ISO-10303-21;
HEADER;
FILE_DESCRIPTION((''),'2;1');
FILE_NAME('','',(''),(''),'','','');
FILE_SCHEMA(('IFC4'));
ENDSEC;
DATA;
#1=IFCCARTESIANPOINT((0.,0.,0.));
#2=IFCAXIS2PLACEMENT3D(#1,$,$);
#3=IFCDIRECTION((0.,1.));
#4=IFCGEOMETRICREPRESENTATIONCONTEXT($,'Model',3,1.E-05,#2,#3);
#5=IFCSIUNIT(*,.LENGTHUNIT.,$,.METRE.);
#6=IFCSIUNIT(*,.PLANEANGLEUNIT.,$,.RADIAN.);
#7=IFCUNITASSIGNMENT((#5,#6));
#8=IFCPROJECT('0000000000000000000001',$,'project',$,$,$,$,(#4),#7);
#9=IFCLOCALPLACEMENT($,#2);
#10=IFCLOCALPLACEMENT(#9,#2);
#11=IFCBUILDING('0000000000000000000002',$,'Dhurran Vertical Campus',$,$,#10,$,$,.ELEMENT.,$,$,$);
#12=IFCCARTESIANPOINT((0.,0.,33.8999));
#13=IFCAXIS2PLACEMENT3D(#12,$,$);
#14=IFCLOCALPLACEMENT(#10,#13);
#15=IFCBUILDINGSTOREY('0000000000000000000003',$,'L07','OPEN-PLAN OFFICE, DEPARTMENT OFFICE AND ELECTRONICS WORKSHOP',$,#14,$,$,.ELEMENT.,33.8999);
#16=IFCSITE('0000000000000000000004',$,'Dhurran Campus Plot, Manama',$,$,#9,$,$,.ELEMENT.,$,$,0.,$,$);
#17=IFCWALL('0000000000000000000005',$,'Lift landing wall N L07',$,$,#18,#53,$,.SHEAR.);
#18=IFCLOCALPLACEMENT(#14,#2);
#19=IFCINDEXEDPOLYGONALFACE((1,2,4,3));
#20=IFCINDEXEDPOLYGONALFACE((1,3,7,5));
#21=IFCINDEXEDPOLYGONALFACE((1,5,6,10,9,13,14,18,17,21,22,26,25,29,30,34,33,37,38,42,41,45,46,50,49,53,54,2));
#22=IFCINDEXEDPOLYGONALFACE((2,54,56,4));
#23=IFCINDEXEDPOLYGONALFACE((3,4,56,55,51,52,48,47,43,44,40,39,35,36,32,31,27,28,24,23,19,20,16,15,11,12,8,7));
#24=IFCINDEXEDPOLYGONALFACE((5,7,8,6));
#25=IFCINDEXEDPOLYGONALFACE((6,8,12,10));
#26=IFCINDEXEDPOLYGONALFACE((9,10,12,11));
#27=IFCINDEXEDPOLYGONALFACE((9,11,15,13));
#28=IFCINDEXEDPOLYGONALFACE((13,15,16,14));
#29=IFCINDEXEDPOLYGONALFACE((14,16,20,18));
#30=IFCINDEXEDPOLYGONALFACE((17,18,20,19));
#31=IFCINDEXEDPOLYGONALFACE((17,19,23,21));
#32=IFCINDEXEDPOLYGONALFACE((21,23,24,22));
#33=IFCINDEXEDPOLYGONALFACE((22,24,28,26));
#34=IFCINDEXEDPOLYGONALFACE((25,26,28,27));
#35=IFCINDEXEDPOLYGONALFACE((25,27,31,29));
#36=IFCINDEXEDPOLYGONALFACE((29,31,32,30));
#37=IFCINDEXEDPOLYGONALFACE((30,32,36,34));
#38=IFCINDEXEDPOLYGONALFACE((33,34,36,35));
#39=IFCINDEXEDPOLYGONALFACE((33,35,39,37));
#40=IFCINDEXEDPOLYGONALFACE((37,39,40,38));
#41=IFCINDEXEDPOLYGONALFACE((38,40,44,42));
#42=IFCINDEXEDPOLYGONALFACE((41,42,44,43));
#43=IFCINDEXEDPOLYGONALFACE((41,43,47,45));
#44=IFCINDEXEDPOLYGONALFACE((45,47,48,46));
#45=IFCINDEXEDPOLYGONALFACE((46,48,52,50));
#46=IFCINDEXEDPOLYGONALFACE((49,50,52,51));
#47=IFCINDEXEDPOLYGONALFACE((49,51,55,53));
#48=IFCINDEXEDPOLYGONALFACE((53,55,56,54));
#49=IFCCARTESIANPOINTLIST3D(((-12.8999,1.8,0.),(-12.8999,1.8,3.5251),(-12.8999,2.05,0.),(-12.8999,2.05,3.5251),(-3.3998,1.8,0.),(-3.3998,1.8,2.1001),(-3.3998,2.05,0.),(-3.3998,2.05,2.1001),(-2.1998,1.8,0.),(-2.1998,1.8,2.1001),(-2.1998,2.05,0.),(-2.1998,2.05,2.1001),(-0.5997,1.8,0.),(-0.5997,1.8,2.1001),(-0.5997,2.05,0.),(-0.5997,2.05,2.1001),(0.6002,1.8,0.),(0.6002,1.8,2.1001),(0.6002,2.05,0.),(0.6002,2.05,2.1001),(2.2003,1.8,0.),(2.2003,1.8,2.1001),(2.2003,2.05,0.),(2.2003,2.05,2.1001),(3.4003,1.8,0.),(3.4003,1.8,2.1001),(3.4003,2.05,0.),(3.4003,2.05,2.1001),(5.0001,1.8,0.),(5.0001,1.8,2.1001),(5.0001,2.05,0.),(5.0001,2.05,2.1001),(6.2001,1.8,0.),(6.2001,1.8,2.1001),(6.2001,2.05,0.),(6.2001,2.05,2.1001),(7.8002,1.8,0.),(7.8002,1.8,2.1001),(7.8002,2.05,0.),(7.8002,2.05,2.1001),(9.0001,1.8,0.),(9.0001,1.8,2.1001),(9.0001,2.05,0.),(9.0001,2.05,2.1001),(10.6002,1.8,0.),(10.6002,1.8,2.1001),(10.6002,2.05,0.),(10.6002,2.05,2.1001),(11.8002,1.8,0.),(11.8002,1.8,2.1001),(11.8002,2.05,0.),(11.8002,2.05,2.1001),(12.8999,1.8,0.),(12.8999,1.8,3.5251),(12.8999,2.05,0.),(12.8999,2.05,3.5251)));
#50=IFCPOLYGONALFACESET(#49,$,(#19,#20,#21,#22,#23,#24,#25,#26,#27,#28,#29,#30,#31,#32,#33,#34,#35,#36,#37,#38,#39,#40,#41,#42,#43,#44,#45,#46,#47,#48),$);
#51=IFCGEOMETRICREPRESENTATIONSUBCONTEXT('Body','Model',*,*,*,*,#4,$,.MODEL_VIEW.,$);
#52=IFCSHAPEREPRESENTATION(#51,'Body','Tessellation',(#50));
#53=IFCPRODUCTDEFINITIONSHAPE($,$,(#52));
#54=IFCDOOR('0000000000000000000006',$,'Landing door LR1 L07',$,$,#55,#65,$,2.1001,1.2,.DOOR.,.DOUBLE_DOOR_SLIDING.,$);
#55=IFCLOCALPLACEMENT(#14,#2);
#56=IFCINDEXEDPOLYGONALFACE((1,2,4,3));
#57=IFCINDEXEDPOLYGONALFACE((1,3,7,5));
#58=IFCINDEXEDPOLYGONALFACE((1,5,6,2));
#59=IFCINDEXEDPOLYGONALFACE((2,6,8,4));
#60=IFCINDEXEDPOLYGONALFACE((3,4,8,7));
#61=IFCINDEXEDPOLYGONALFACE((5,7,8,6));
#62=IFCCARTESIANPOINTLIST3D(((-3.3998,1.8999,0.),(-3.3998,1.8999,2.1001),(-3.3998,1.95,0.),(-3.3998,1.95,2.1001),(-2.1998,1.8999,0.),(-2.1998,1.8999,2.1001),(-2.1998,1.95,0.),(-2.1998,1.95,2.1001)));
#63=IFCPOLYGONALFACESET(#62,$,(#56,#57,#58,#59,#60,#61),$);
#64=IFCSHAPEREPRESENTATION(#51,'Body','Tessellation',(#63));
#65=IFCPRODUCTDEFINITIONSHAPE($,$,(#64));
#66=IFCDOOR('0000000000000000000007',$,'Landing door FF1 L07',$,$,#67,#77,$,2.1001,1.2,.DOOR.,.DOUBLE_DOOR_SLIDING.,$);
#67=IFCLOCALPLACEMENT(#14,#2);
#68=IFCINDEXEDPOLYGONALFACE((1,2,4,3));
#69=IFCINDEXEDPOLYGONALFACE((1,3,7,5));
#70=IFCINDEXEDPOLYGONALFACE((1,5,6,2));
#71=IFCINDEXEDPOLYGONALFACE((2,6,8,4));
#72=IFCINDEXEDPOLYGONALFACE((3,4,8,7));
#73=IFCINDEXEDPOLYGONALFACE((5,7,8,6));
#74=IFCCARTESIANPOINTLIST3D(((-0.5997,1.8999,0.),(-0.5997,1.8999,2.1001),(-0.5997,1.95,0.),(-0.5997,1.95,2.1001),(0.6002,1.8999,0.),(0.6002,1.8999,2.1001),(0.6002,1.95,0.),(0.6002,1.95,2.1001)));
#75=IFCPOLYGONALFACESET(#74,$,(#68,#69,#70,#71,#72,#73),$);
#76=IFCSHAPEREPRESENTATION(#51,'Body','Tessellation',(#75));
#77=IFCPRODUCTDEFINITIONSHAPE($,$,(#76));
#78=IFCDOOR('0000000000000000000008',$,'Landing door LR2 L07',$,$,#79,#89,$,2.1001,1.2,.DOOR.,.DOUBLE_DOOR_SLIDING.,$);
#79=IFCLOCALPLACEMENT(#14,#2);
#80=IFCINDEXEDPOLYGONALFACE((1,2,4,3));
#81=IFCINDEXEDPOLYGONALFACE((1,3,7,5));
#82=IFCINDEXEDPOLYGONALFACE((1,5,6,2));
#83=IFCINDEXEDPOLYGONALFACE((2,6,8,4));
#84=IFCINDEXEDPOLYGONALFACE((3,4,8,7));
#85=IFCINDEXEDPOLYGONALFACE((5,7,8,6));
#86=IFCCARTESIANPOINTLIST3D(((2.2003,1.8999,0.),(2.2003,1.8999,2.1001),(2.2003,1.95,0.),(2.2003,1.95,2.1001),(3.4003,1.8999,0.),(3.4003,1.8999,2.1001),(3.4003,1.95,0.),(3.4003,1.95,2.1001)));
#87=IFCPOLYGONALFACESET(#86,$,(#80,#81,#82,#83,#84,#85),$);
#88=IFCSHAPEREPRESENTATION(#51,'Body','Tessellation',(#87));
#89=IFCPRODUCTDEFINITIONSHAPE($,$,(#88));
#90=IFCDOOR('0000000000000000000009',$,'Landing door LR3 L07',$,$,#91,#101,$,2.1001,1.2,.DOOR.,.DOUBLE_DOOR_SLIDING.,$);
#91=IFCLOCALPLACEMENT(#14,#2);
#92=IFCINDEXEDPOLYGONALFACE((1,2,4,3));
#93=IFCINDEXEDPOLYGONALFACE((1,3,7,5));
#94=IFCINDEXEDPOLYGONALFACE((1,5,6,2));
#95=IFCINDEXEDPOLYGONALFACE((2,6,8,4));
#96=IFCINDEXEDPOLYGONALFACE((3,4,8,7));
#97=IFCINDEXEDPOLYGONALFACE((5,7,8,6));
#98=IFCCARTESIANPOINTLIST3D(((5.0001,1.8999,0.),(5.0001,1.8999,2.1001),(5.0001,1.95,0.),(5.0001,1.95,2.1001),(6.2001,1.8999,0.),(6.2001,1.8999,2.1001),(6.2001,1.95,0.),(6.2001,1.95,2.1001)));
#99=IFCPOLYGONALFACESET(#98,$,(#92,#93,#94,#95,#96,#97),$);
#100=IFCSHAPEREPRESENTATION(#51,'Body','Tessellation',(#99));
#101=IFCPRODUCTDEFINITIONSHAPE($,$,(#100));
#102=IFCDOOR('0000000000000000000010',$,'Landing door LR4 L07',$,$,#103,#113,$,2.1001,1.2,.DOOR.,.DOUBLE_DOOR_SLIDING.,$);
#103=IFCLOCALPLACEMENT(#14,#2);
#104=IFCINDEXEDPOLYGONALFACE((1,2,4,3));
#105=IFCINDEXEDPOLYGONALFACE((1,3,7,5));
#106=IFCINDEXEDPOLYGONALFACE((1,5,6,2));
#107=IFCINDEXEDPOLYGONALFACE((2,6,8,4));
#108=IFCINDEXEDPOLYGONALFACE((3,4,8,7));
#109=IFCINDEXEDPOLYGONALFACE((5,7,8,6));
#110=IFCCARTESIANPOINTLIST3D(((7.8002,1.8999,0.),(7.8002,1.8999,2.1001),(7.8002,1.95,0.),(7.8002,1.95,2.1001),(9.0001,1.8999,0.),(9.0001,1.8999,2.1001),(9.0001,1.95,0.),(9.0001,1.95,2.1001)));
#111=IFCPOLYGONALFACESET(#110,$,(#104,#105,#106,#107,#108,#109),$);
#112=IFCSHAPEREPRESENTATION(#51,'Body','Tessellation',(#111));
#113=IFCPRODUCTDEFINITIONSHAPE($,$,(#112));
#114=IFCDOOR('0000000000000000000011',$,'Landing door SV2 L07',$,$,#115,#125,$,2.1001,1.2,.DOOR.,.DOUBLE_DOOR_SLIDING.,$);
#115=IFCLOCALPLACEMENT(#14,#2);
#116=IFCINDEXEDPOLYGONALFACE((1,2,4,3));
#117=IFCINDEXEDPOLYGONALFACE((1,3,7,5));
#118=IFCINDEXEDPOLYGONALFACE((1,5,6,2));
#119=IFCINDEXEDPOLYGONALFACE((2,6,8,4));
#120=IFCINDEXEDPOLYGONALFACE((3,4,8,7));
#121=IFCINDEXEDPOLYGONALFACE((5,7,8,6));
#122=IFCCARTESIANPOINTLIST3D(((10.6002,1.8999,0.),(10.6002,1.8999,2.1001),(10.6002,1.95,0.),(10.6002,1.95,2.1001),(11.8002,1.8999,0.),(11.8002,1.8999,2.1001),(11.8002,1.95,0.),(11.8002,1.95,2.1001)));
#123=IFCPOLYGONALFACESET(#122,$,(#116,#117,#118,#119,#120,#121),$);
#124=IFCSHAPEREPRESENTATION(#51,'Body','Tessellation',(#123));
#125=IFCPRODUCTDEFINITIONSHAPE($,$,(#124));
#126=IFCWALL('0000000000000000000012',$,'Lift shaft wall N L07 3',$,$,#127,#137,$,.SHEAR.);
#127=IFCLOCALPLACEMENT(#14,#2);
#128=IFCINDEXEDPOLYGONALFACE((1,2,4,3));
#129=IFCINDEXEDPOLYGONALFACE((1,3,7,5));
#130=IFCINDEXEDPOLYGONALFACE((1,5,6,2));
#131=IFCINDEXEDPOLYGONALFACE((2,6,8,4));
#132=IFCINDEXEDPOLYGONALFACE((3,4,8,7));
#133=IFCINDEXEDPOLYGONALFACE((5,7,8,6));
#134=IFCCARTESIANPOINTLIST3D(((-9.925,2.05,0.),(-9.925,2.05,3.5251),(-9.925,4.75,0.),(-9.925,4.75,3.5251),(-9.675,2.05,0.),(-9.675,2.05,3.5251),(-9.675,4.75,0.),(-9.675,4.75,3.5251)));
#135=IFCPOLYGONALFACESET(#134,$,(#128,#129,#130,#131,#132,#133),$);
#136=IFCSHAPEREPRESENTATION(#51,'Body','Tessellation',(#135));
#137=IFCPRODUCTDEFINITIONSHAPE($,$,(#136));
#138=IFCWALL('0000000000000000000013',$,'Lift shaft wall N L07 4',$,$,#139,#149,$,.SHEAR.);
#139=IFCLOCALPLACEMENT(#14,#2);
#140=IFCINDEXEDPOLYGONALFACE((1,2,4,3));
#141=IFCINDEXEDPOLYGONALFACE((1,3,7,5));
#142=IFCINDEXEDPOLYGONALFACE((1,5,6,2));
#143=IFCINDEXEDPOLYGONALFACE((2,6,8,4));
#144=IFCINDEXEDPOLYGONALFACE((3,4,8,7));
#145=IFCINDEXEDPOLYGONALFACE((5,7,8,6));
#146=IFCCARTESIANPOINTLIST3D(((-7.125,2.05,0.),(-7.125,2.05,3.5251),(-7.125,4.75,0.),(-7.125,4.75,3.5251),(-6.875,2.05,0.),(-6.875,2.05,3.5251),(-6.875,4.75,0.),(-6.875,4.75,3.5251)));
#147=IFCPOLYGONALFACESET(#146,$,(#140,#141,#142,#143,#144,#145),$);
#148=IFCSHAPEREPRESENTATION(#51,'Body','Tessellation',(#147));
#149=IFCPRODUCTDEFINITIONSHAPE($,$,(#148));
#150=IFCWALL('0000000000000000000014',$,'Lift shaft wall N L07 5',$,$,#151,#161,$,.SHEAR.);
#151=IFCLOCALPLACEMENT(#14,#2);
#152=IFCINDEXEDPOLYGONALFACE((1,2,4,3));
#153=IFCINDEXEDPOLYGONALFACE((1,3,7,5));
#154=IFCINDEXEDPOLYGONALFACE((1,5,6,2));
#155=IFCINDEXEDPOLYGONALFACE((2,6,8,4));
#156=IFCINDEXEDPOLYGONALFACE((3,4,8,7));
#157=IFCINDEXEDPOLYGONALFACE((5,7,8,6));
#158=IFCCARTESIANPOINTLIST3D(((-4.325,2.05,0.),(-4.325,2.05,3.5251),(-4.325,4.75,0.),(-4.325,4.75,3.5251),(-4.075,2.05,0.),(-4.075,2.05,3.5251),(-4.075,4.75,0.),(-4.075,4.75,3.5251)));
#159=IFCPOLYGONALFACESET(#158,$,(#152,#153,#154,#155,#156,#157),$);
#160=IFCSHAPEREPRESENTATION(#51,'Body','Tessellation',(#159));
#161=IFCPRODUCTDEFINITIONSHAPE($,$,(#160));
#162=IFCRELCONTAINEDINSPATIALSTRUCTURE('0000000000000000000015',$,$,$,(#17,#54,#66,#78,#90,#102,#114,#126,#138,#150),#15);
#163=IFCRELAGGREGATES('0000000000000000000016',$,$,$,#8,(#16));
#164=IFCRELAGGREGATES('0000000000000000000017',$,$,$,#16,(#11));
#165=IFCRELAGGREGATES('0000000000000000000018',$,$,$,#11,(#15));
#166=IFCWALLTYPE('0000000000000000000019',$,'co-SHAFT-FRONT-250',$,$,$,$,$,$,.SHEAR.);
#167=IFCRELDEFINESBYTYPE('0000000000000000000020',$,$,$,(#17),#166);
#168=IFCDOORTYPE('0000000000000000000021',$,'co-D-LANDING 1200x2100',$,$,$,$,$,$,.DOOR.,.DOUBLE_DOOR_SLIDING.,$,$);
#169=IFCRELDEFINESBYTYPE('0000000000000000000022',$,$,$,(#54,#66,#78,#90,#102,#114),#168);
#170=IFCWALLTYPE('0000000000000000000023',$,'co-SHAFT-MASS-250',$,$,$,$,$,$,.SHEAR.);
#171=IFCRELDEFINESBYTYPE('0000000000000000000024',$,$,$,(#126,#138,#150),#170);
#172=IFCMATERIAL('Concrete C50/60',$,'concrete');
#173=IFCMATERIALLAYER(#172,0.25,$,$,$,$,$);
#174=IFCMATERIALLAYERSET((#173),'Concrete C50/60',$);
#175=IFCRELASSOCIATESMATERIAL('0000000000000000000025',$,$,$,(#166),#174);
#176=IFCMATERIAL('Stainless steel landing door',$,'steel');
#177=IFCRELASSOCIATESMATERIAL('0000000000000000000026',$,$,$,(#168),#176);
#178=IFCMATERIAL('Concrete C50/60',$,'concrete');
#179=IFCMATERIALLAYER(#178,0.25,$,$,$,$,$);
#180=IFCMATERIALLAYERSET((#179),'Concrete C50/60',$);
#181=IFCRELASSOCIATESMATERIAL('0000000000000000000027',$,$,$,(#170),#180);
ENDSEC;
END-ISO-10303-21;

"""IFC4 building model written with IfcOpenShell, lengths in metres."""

from ifc_helpers import new_model, si_unit, direction, frame, frame_2d, origin, place, context, subcontext, project, spatial, polyline, rectangle, outline, extrude, material, layer, layer_set, type_object, element, fill, save


model = new_model("IFC4")

# Units and contexts
model_context = context("Model", 3, precision=1e-05, world=origin(), true_north=direction((0.0, 1.0)))
body_context = subcontext(model_context, "Body", "Model", "MODEL_VIEW")
ifc_project = project(units=[si_unit("LENGTHUNIT", "METRE"), si_unit("PLANEANGLEUNIT", "RADIAN")], contexts=[model_context])

# Site, building, storey
site_placement = place(None, origin())
site = spatial("IfcSite", under=ifc_project, at=site_placement, Name="Dhurran Campus Plot, Manama", CompositionType="ELEMENT", RefElevation=0.0)
building_placement = place(site_placement, origin())
building = spatial("IfcBuilding", under=site, at=building_placement, Name="Dhurran Vertical Campus", CompositionType="ELEMENT")
storey_placement = place(building_placement, frame((0.0, 0.0, 33.8999)))
storey = spatial("IfcBuildingStorey", under=building, at=storey_placement, Name="L07", Description="OPEN-PLAN OFFICE, DEPARTMENT OFFICE AND ELECTRONICS WORKSHOP", CompositionType="ELEMENT", Elevation=33.8999)

# Wall, openings, doors
ifc_material_1 = material(Name="Concrete C50/60", Category="concrete")
ifc_layer_1 = layer(ifc_material_1, 0.25)
ifc_layer_set_1 = layer_set([ifc_layer_1], Name="Concrete C50/60")
wall_type_1 = type_object("IfcWallType", Name="co-SHAFT-FRONT-250", PredefinedType="SHEAR", material=ifc_layer_set_1)
wall_1_placement = place(storey_placement, frame((-12.8999, 1.925, 0.0), z_axis=(0.0, 0.0, 1.0), x_axis=(1.0, 0.0, 0.0)))
wall_1 = element("IfcWall", 1, at=wall_1_placement, inside=storey, type_object=wall_type_1, Name="Lift landing wall N L07", PredefinedType="SHEAR", context=body_context, shape_type="SweptSolid", body=[
    extrude(rectangle(XDim=25.7998, YDim=0.25, at=frame_2d((12.8999, 0.0))), origin(), (0.0, 0.0, 1.0), 3.5251),
])
opening_1_placement = place(wall_1_placement, frame((9.5, 0.0, 0.0)))
opening_1 = element("IfcOpeningElement", 2, at=opening_1_placement, cuts=wall_1, PredefinedType="OPENING", context=body_context, shape_type="SweptSolid", body=[
    extrude(rectangle(XDim=1.2, YDim=2.1001, at=frame_2d((0.6001, 1.05))), frame((0.0, 0.135, 0.0), z_axis=(0.0, -1.0, 0.0), x_axis=(1.0, 0.0, 0.0)), (0.0, 0.0, 1.0), 0.27),
])
opening_2_placement = place(wall_1_placement, frame((12.3, 0.0, 0.0)))
opening_2 = element("IfcOpeningElement", 3, at=opening_2_placement, cuts=wall_1, PredefinedType="OPENING", context=body_context, shape_type="SweptSolid", body=[
    extrude(rectangle(XDim=1.2, YDim=2.1001, at=frame_2d((0.6001, 1.05))), frame((0.0, 0.135, 0.0), z_axis=(0.0, -1.0, 0.0), x_axis=(1.0, 0.0, 0.0)), (0.0, 0.0, 1.0), 0.27),
])
opening_3_placement = place(wall_1_placement, frame((15.1001, 0.0, 0.0)))
opening_3 = element("IfcOpeningElement", 4, at=opening_3_placement, cuts=wall_1, PredefinedType="OPENING", context=body_context, shape_type="SweptSolid", body=[
    extrude(rectangle(XDim=1.2, YDim=2.1001, at=frame_2d((0.6001, 1.05))), frame((0.0, 0.135, 0.0), z_axis=(0.0, -1.0, 0.0), x_axis=(1.0, 0.0, 0.0)), (0.0, 0.0, 1.0), 0.27),
])
opening_4_placement = place(wall_1_placement, frame((17.8999, 0.0, 0.0)))
opening_4 = element("IfcOpeningElement", 5, at=opening_4_placement, cuts=wall_1, PredefinedType="OPENING", context=body_context, shape_type="SweptSolid", body=[
    extrude(rectangle(XDim=1.2, YDim=2.1001, at=frame_2d((0.6001, 1.05))), frame((0.0, 0.135, 0.0), z_axis=(0.0, -1.0, 0.0), x_axis=(1.0, 0.0, 0.0)), (0.0, 0.0, 1.0), 0.27),
])
opening_5_placement = place(wall_1_placement, frame((20.7, 0.0, 0.0)))
opening_5 = element("IfcOpeningElement", 6, at=opening_5_placement, cuts=wall_1, PredefinedType="OPENING", context=body_context, shape_type="SweptSolid", body=[
    extrude(rectangle(XDim=1.2, YDim=2.1001, at=frame_2d((0.6001, 1.05))), frame((0.0, 0.135, 0.0), z_axis=(0.0, -1.0, 0.0), x_axis=(1.0, 0.0, 0.0)), (0.0, 0.0, 1.0), 0.27),
])
opening_6_placement = place(wall_1_placement, frame((23.5, 0.0, 0.0)))
opening_6 = element("IfcOpeningElement", 7, at=opening_6_placement, cuts=wall_1, PredefinedType="OPENING", context=body_context, shape_type="SweptSolid", body=[
    extrude(rectangle(XDim=1.2, YDim=2.1001, at=frame_2d((0.6001, 1.05))), frame((0.0, 0.135, 0.0), z_axis=(0.0, -1.0, 0.0), x_axis=(1.0, 0.0, 0.0)), (0.0, 0.0, 1.0), 0.27),
])
ifc_material_2 = material(Name="Stainless steel landing door", Category="steel")
door_type_1 = type_object("IfcDoorType", Name="co-D-LANDING 1200x2100", OperationType="DOUBLE_DOOR_SLIDING", PredefinedType="DOOR", material=ifc_material_2)
door_1_placement = place(opening_1_placement, origin())
door_1 = element("IfcDoor", 8, at=door_1_placement, inside=storey, type_object=door_type_1, Name="Landing door LR1 L07", OperationType="DOUBLE_DOOR_SLIDING", OverallHeight=2.1001, OverallWidth=1.2, PredefinedType="DOOR", context=body_context, shape_type="SweptSolid", body=[
    extrude(rectangle(XDim=1.2, YDim=2.1001, at=frame_2d((0.6001, 1.05))), frame((0.0, 0.0249, 0.0), z_axis=(0.0, -1.0, 0.0), x_axis=(1.0, 0.0, 0.0)), (0.0, 0.0, 1.0), 0.05),
])
fill(opening_1, door_1)
door_2_placement = place(opening_2_placement, origin())
door_2 = element("IfcDoor", 9, at=door_2_placement, inside=storey, type_object=door_type_1, Name="Landing door FF1 L07", OperationType="DOUBLE_DOOR_SLIDING", OverallHeight=2.1001, OverallWidth=1.2, PredefinedType="DOOR", context=body_context, shape_type="SweptSolid", body=[
    extrude(rectangle(XDim=1.2, YDim=2.1001, at=frame_2d((0.6001, 1.05))), frame((0.0, 0.0249, 0.0), z_axis=(0.0, -1.0, 0.0), x_axis=(1.0, 0.0, 0.0)), (0.0, 0.0, 1.0), 0.05),
])
fill(opening_2, door_2)
door_3_placement = place(opening_3_placement, origin())
door_3 = element("IfcDoor", 10, at=door_3_placement, inside=storey, type_object=door_type_1, Name="Landing door LR2 L07", OperationType="DOUBLE_DOOR_SLIDING", OverallHeight=2.1001, OverallWidth=1.2, PredefinedType="DOOR", context=body_context, shape_type="SweptSolid", body=[
    extrude(rectangle(XDim=1.2, YDim=2.1001, at=frame_2d((0.6001, 1.05))), frame((0.0, 0.0249, 0.0), z_axis=(0.0, -1.0, 0.0), x_axis=(1.0, 0.0, 0.0)), (0.0, 0.0, 1.0), 0.05),
])
fill(opening_3, door_3)
door_4_placement = place(opening_4_placement, origin())
door_4 = element("IfcDoor", 11, at=door_4_placement, inside=storey, type_object=door_type_1, Name="Landing door LR3 L07", OperationType="DOUBLE_DOOR_SLIDING", OverallHeight=2.1001, OverallWidth=1.2, PredefinedType="DOOR", context=body_context, shape_type="SweptSolid", body=[
    extrude(rectangle(XDim=1.2, YDim=2.1001, at=frame_2d((0.6001, 1.05))), frame((0.0, 0.0249, 0.0), z_axis=(0.0, -1.0, 0.0), x_axis=(1.0, 0.0, 0.0)), (0.0, 0.0, 1.0), 0.05),
])
fill(opening_4, door_4)
door_5_placement = place(opening_5_placement, origin())
door_5 = element("IfcDoor", 12, at=door_5_placement, inside=storey, type_object=door_type_1, Name="Landing door LR4 L07", OperationType="DOUBLE_DOOR_SLIDING", OverallHeight=2.1001, OverallWidth=1.2, PredefinedType="DOOR", context=body_context, shape_type="SweptSolid", body=[
    extrude(rectangle(XDim=1.2, YDim=2.1001, at=frame_2d((0.6001, 1.05))), frame((0.0, 0.0249, 0.0), z_axis=(0.0, -1.0, 0.0), x_axis=(1.0, 0.0, 0.0)), (0.0, 0.0, 1.0), 0.05),
])
fill(opening_5, door_5)
door_6_placement = place(opening_6_placement, origin())
door_6 = element("IfcDoor", 13, at=door_6_placement, inside=storey, type_object=door_type_1, Name="Landing door SV2 L07", OperationType="DOUBLE_DOOR_SLIDING", OverallHeight=2.1001, OverallWidth=1.2, PredefinedType="DOOR", context=body_context, shape_type="SweptSolid", body=[
    extrude(rectangle(XDim=1.2, YDim=2.1001, at=frame_2d((0.6001, 1.05))), frame((0.0, 0.0249, 0.0), z_axis=(0.0, -1.0, 0.0), x_axis=(1.0, 0.0, 0.0)), (0.0, 0.0, 1.0), 0.05),
])
fill(opening_6, door_6)

# Walls
ifc_material_3 = material(Name="Concrete C50/60", Category="concrete")
ifc_layer_2 = layer(ifc_material_3, 0.25)
ifc_layer_set_2 = layer_set([ifc_layer_2], Name="Concrete C50/60")
wall_type_2 = type_object("IfcWallType", Name="co-SHAFT-MASS-250", PredefinedType="SHEAR", material=ifc_layer_set_2)
wall_2_placement = place(storey_placement, origin())
element("IfcWall", 14, at=wall_2_placement, inside=storey, type_object=wall_type_2, Name="Lift shaft wall N L07 3", PredefinedType="SHEAR", context=body_context, shape_type="SweptSolid", body=[
    extrude(outline(polyline([(-9.925, 2.05), (-9.675, 2.05), (-9.675, 4.75), (-9.925, 4.75), (-9.925, 2.05)])), origin(), (0.0, 0.0, 1.0), 3.5251),
])
wall_3_placement = place(storey_placement, origin())
element("IfcWall", 15, at=wall_3_placement, inside=storey, type_object=wall_type_2, Name="Lift shaft wall N L07 4", PredefinedType="SHEAR", context=body_context, shape_type="SweptSolid", body=[
    extrude(outline(polyline([(-7.125, 2.05), (-6.875, 2.05), (-6.875, 4.75), (-7.125, 4.75), (-7.125, 2.05)])), origin(), (0.0, 0.0, 1.0), 3.5251),
])
wall_4_placement = place(storey_placement, origin())
element("IfcWall", 16, at=wall_4_placement, inside=storey, type_object=wall_type_2, Name="Lift shaft wall N L07 5", PredefinedType="SHEAR", context=body_context, shape_type="SweptSolid", body=[
    extrude(outline(polyline([(-4.325, 2.05), (-4.075, 2.05), (-4.075, 4.75), (-4.325, 4.75), (-4.325, 2.05)])), origin(), (0.0, 0.0, 1.0), 3.5251),
])

save(model, "model.ifc")
